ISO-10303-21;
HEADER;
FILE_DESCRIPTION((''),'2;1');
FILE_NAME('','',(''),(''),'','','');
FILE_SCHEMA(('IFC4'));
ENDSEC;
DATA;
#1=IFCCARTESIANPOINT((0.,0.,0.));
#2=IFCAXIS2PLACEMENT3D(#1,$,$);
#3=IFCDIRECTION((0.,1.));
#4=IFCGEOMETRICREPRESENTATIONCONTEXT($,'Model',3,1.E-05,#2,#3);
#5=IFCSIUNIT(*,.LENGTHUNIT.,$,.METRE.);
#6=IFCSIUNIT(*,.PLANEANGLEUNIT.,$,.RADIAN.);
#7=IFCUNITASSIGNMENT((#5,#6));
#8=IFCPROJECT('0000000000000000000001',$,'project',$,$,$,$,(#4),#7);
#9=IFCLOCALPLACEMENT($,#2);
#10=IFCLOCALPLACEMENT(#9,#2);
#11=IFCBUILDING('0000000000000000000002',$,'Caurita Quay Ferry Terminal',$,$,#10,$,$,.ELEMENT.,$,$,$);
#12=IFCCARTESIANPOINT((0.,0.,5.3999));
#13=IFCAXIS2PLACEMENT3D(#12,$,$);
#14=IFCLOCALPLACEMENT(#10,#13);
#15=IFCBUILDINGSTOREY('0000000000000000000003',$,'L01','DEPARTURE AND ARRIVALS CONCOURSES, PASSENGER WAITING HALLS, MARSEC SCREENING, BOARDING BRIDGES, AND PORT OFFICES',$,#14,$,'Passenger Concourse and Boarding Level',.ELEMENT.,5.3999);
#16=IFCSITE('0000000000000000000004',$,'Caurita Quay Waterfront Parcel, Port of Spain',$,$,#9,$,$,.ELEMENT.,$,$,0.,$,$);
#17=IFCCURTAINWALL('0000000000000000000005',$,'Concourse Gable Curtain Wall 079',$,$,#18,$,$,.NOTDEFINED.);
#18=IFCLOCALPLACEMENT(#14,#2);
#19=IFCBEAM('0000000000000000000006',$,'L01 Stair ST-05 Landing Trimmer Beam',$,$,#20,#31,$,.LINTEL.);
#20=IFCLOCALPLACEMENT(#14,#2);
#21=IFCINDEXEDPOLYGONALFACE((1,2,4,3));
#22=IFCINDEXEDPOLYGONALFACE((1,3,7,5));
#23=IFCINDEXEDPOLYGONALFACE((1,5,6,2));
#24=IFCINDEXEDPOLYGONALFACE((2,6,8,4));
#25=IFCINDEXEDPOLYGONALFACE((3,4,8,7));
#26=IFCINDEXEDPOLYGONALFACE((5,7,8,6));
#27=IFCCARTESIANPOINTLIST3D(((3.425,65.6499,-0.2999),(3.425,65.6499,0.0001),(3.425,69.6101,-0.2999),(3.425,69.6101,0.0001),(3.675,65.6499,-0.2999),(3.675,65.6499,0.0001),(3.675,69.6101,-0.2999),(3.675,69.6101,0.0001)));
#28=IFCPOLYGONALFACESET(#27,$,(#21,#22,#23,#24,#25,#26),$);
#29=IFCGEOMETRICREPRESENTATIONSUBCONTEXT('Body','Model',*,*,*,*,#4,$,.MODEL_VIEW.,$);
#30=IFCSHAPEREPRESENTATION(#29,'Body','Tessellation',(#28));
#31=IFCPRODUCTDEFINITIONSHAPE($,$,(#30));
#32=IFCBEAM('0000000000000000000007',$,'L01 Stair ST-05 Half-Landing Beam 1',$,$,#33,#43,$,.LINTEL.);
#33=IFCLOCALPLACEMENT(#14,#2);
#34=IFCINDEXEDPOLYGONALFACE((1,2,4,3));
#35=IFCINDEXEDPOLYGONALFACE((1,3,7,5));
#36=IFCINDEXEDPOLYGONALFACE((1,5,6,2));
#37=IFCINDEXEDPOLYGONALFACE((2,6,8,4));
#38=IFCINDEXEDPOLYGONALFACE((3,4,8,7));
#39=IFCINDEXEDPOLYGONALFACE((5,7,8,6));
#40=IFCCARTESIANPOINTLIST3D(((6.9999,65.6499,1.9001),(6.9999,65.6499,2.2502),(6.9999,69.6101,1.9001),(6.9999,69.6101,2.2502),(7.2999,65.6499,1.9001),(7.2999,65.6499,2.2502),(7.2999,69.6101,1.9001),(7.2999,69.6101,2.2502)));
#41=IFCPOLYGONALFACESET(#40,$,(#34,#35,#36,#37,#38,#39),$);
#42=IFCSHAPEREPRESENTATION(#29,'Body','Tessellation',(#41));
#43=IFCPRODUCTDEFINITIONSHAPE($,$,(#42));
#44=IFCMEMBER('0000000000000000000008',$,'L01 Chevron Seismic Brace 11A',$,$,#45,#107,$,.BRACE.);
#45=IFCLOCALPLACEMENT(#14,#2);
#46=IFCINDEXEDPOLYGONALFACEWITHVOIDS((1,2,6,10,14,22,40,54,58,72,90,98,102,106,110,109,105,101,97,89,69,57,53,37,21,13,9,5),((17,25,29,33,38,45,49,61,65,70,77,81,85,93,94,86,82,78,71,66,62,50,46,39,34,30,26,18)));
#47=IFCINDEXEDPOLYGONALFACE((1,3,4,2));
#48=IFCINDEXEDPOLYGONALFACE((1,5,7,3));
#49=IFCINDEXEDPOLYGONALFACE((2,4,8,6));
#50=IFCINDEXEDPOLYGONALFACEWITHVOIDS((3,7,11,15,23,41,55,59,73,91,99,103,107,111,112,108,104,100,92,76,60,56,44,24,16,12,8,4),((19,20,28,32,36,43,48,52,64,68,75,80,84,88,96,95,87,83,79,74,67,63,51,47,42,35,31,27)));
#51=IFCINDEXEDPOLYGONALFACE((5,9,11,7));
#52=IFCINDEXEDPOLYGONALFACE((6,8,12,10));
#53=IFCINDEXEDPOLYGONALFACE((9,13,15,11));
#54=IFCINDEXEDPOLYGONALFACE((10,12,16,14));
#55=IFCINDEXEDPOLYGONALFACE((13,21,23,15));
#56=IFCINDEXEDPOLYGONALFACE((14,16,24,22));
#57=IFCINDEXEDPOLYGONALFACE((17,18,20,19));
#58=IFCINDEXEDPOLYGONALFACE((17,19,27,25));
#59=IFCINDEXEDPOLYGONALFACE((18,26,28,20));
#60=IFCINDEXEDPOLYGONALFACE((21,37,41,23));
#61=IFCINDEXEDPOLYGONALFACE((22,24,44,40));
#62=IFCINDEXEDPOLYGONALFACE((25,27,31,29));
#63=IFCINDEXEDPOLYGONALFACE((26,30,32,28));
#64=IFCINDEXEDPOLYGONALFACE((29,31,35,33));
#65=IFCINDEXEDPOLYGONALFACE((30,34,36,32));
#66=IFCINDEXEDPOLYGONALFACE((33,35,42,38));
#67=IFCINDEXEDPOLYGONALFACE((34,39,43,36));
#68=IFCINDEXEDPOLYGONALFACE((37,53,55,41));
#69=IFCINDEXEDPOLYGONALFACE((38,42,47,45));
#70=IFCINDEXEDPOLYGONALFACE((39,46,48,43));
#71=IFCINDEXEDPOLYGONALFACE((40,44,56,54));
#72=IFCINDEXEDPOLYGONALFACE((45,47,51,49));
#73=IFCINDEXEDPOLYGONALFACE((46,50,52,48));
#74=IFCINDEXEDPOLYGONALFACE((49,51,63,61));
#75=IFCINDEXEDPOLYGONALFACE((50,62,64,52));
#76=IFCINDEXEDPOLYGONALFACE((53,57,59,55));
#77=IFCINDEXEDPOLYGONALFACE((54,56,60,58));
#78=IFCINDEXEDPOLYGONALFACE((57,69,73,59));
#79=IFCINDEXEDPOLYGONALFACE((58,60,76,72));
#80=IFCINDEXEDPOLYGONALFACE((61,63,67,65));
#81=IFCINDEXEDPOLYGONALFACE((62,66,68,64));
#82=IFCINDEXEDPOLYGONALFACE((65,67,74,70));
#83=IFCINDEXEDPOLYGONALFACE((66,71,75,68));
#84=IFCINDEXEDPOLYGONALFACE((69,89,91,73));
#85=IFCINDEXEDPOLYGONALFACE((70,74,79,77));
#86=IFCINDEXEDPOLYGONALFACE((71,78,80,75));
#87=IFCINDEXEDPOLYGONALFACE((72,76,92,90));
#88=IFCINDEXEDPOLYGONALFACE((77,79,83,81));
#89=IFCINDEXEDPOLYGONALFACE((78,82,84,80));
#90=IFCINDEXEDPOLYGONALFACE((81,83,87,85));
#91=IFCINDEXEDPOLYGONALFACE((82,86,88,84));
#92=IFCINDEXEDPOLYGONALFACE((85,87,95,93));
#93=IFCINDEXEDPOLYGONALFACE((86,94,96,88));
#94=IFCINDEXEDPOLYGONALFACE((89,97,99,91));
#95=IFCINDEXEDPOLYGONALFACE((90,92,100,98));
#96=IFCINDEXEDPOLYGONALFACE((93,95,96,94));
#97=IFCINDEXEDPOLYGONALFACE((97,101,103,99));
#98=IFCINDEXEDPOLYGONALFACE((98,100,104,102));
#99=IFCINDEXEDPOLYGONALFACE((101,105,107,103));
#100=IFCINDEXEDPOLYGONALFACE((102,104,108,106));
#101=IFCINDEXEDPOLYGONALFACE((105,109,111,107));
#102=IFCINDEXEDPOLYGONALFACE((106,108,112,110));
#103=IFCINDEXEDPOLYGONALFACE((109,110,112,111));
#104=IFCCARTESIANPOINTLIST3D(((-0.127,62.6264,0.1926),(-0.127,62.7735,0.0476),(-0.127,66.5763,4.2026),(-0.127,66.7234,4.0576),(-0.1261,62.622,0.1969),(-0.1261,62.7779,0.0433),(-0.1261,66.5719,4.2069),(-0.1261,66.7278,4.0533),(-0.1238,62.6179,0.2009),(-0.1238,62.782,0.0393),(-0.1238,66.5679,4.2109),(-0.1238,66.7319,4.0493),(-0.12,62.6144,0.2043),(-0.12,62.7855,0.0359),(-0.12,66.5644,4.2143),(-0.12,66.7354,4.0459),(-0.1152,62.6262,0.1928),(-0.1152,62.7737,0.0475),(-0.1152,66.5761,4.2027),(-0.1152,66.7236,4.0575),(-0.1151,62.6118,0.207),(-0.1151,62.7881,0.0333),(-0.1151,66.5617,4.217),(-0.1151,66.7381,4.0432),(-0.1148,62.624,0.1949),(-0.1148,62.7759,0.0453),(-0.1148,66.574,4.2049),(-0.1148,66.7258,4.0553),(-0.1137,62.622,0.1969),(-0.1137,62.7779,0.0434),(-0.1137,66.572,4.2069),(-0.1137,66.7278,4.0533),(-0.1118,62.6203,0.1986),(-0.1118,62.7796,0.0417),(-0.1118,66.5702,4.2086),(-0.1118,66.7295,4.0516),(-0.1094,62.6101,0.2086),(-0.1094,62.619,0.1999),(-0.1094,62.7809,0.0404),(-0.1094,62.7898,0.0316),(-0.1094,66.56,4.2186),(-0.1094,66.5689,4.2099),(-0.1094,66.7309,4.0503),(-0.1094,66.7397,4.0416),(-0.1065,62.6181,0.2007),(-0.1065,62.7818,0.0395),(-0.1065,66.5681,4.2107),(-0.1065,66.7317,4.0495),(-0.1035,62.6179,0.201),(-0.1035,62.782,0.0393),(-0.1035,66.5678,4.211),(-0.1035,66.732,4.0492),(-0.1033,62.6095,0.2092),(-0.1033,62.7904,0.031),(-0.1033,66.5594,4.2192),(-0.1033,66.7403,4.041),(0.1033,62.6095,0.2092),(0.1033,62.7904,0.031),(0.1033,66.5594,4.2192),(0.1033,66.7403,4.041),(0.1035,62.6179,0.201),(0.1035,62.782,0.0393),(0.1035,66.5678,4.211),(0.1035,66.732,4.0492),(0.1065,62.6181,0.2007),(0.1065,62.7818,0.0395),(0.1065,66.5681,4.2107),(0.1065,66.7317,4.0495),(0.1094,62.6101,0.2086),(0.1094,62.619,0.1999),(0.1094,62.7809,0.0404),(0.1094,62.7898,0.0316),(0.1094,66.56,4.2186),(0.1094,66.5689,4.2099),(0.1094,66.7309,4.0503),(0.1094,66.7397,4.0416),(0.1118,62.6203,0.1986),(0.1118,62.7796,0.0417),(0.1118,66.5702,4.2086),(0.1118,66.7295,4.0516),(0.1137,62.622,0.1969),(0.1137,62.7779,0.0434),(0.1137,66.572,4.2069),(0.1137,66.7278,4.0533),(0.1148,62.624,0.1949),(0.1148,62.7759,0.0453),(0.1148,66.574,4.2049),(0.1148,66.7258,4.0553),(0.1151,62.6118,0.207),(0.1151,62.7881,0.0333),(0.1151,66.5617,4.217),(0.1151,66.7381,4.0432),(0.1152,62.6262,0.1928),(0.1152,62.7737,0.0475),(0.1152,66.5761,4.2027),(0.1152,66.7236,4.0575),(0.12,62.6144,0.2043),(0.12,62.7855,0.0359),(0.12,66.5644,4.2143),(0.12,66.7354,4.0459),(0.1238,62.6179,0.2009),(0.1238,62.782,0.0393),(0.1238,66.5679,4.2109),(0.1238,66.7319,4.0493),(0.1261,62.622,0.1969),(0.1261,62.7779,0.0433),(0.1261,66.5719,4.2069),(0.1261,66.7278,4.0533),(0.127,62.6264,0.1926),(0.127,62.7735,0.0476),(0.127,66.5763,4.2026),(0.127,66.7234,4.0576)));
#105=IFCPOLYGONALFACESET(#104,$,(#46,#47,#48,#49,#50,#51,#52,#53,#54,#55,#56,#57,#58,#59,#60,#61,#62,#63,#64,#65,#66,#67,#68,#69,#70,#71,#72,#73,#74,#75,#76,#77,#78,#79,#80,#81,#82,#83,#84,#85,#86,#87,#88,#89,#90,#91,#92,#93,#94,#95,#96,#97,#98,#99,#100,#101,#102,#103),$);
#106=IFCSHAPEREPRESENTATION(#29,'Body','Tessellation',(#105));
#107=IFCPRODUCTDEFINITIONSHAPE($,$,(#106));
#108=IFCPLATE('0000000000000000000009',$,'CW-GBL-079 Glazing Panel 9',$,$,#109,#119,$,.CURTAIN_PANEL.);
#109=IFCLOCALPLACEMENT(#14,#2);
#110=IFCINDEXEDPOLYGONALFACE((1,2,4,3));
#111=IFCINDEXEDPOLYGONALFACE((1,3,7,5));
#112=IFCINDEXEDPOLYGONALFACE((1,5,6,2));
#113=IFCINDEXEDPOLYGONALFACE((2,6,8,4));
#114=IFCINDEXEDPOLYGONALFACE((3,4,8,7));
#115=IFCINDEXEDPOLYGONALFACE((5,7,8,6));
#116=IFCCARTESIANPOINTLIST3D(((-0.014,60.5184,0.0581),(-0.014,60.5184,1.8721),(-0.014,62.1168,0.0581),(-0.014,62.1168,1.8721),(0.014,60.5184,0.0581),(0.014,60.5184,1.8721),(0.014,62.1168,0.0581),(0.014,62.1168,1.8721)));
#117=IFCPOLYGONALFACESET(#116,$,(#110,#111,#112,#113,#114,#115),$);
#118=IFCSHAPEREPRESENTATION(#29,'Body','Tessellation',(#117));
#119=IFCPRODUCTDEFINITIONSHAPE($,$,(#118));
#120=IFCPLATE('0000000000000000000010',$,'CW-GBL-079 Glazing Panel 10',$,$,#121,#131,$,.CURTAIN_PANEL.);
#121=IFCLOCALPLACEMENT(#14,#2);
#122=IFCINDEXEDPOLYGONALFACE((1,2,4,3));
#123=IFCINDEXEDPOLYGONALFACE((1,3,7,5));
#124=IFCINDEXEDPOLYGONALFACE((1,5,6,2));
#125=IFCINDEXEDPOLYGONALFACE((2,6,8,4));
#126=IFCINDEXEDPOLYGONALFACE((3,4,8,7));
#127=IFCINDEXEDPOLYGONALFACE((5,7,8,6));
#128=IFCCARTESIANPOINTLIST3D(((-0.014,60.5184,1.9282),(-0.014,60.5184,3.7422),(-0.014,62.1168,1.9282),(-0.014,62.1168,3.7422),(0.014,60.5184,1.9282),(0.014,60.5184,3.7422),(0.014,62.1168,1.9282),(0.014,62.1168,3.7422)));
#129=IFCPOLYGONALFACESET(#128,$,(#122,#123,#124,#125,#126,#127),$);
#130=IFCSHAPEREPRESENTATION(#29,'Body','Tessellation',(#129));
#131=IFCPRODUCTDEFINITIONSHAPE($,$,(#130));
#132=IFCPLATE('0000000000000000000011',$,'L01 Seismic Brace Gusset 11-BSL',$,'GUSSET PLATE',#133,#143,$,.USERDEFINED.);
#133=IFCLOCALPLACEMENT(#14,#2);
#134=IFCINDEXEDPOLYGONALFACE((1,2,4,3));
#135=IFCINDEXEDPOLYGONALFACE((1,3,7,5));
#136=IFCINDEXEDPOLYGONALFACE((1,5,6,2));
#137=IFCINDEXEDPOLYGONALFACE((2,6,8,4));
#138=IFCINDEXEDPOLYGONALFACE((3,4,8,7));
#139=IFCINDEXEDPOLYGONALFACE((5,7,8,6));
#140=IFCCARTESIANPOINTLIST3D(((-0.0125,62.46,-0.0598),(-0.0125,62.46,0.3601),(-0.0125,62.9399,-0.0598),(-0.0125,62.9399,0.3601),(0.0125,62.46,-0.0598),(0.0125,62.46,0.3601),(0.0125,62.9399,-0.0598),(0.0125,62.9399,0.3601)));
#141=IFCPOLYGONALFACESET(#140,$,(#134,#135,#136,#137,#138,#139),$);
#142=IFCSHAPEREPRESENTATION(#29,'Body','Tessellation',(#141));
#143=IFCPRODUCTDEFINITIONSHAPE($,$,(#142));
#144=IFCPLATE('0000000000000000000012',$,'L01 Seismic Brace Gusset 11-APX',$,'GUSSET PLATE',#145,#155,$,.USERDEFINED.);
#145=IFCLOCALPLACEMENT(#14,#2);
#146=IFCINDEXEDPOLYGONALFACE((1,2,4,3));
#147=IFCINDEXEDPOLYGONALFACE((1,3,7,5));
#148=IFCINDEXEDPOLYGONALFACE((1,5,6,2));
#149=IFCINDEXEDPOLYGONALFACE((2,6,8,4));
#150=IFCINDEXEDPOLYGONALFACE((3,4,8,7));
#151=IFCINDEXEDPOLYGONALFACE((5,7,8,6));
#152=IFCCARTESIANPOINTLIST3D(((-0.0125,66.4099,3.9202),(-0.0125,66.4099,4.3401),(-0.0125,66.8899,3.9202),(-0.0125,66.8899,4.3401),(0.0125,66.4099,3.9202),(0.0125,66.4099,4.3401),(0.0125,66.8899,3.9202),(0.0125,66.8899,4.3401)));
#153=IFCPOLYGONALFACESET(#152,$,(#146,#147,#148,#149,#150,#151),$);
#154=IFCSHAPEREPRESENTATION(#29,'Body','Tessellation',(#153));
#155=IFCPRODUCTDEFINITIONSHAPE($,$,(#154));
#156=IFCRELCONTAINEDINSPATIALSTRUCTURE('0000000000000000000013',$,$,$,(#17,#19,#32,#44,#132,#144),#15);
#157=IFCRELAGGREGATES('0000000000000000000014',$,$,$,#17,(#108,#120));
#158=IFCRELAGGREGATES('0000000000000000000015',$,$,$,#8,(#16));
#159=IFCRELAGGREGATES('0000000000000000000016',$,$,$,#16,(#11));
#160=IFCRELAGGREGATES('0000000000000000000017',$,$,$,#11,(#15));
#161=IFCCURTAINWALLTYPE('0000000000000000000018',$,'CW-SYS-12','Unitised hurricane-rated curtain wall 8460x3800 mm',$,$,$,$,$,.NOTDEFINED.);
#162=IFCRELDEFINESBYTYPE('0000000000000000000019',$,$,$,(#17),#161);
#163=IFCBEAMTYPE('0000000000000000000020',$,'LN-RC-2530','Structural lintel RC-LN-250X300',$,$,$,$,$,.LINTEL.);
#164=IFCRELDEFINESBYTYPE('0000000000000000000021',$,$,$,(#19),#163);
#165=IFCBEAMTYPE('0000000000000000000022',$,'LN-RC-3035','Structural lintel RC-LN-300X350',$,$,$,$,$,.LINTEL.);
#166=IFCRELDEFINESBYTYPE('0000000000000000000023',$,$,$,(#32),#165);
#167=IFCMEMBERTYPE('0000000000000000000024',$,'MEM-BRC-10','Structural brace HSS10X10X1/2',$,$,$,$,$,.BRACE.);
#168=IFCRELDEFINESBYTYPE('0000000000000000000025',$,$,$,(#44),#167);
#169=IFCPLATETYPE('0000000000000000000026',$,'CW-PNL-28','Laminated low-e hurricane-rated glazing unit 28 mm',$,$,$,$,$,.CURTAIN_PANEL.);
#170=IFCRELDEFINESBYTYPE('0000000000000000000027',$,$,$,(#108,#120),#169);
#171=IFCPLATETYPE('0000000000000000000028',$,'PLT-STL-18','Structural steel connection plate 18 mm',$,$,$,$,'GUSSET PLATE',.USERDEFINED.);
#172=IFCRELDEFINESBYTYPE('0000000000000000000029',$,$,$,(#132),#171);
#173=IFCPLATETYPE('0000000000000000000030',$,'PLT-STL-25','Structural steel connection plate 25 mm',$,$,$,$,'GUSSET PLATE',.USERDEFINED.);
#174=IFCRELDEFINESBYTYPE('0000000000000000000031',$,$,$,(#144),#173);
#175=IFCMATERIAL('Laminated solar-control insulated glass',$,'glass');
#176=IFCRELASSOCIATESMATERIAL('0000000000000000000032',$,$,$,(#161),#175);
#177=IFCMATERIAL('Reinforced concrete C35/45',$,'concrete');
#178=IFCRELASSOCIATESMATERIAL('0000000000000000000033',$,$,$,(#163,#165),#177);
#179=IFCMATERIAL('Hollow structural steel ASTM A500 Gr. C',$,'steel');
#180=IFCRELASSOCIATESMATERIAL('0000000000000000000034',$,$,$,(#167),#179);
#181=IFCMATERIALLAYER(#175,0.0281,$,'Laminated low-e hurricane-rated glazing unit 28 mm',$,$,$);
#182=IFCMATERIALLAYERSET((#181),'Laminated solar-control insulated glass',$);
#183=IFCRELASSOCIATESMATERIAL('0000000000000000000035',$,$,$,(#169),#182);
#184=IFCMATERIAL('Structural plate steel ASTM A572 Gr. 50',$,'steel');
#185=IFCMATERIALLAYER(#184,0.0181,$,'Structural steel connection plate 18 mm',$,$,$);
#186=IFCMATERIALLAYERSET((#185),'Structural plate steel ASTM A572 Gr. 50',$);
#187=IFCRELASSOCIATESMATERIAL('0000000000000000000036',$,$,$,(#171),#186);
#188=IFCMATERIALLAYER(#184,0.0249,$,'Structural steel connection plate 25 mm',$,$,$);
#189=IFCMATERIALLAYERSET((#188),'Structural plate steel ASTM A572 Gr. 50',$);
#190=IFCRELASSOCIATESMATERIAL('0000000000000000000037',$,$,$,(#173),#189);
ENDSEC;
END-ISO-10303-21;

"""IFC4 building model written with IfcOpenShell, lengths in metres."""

from ifc_helpers import new_model, si_unit, direction, frame, origin, origin_2d, place, context, subcontext, project, spatial, rectangle, hollow_rectangle, extrude, material, layer, layer_set, material_profile, profile_set, type_object, element, aggregate, save


model = new_model("IFC4")

# Units and contexts
model_context = context("Model", 3, precision=1e-05, world=origin(), true_north=direction((0.0, 1.0)))
body_context = subcontext(model_context, "Body", "Model", "MODEL_VIEW")
ifc_project = project(units=[si_unit("LENGTHUNIT", "METRE"), si_unit("PLANEANGLEUNIT", "RADIAN")], contexts=[model_context])

# Site, building, storey
site_placement = place(None, origin())
site = spatial("IfcSite", under=ifc_project, at=site_placement, Name="Caurita Quay Waterfront Parcel, Port of Spain", CompositionType="ELEMENT", RefElevation=0.0)
building_placement = place(site_placement, origin())
building = spatial("IfcBuilding", under=site, at=building_placement, Name="Caurita Quay Ferry Terminal", CompositionType="ELEMENT")
storey_placement = place(building_placement, frame((0.0, 0.0, 5.3999)))
storey = spatial("IfcBuildingStorey", under=building, at=storey_placement, Name="L01", Description="DEPARTURE AND ARRIVALS CONCOURSES, PASSENGER WAITING HALLS, MARSEC SCREENING, BOARDING BRIDGES, AND PORT OFFICES", LongName="Passenger Concourse and Boarding Level", CompositionType="ELEMENT", Elevation=5.3999)

# Shared definitions
ifc_material_1 = material(Name="Hollow structural steel ASTM A500 Gr. C", Category="steel")

# Curtain wall
ifc_material_2 = material(Name="Laminated solar-control insulated glass", Category="glass")
curtain_wall_type = type_object("IfcCurtainWallType", Name="CW-SYS-12", Description="Unitised hurricane-rated curtain wall 8460x3800 mm", PredefinedType="NOTDEFINED", material=ifc_material_2)
curtain_wall_placement = place(storey_placement, origin())
curtain_wall = element("IfcCurtainWall", 1, at=curtain_wall_placement, inside=storey, type_object=curtain_wall_type, Name="Concourse Gable Curtain Wall 079", PredefinedType="NOTDEFINED")

# Beams
ifc_material_3 = material(Name="Reinforced concrete C35/45", Category="concrete")
ifc_material_profile_1 = material_profile(ifc_material_3, rectangle(XDim=0.25, YDim=0.3, at=origin_2d()), Name="RC-LN-250X300")
ifc_profile_set_1 = profile_set([ifc_material_profile_1], Name="Reinforced concrete C35/45")
beam_type_1 = type_object("IfcBeamType", Name="LN-RC-2530", Description="Structural lintel RC-LN-250X300", PredefinedType="LINTEL", material=ifc_profile_set_1)
beam_1_placement = place(storey_placement, frame((3.55, 65.6499, -0.1499), z_axis=(0.0, 1.0, 0.0), x_axis=(-1.0, 0.0, 0.0)))
element("IfcBeam", 2, at=beam_1_placement, inside=storey, type_object=beam_type_1, Name="L01 Stair ST-05 Landing Trimmer Beam", PredefinedType="LINTEL", context=body_context, shape_type="SweptSolid", body=[
    extrude(rectangle(XDim=0.25, YDim=0.3, at=origin_2d()), origin(), (0.0, 0.0, 1.0), 3.9602),
])
ifc_material_profile_2 = material_profile(ifc_material_3, rectangle(XDim=0.3, YDim=0.3501, at=origin_2d()), Name="RC-LN-300X350")
ifc_profile_set_2 = profile_set([ifc_material_profile_2], Name="Reinforced concrete C35/45")
beam_type_2 = type_object("IfcBeamType", Name="LN-RC-3035", Description="Structural lintel RC-LN-300X350", PredefinedType="LINTEL", material=ifc_profile_set_2)
beam_2_placement = place(storey_placement, frame((7.1499, 65.6499, 2.0752), z_axis=(0.0, 1.0, 0.0), x_axis=(-1.0, 0.0, 0.0)))
element("IfcBeam", 3, at=beam_2_placement, inside=storey, type_object=beam_type_2, Name="L01 Stair ST-05 Half-Landing Beam 1", PredefinedType="LINTEL", context=body_context, shape_type="SweptSolid", body=[
    extrude(rectangle(XDim=0.3, YDim=0.3501, at=origin_2d()), origin(), (0.0, 0.0, 1.0), 3.9602),
])

# Member
ifc_material_profile_3 = material_profile(ifc_material_1, hollow_rectangle(XDim=0.2539, YDim=0.2539, WallThickness=0.0117, InnerFilletRadius=0.0117, OuterFilletRadius=0.0237, at=origin_2d()), Name="HSS10X10X1/2")
ifc_profile_set_3 = profile_set([ifc_material_profile_3], Name="Hollow structural steel ASTM A500 Gr. C")
member_type_1 = type_object("IfcMemberType", Name="MEM-BRC-10", Description="Structural brace HSS10X10X1/2", PredefinedType="BRACE", material=ifc_profile_set_3)
member_1_placement = place(storey_placement, frame((0.0, 62.7, 0.1201), z_axis=(0.0, 0.701752, 0.712422), x_axis=(-1.0, 0.0, 0.0)))
element("IfcMember", 4, at=member_1_placement, inside=storey, type_object=member_type_1, Name="L01 Chevron Seismic Brace 11A", PredefinedType="BRACE", context=body_context, shape_type="SweptSolid", body=[
    extrude(hollow_rectangle(XDim=0.2539, YDim=0.2539, WallThickness=0.0117, InnerFilletRadius=0.0117, OuterFilletRadius=0.0237, at=origin_2d()), origin(), (0.0, 0.0, 1.0), 5.6287),
])

# Plates
ifc_layer_1 = layer(ifc_material_2, 0.0281, Name="Laminated low-e hurricane-rated glazing unit 28 mm")
ifc_layer_set_1 = layer_set([ifc_layer_1], Name="Laminated solar-control insulated glass")
plate_type_1 = type_object("IfcPlateType", Name="CW-PNL-28", Description="Laminated low-e hurricane-rated glazing unit 28 mm", PredefinedType="CURTAIN_PANEL", material=ifc_layer_set_1)
plate_1_placement = place(storey_placement, frame((0.0, 61.3176, 0.0581), z_axis=(0.0, 0.0, 1.0), x_axis=(0.0, 1.0, 0.0)))
plate_1 = element("IfcPlate", 5, at=plate_1_placement, type_object=plate_type_1, Name="CW-GBL-079 Glazing Panel 9", PredefinedType="CURTAIN_PANEL", context=body_context, shape_type="SweptSolid", body=[
    extrude(rectangle(XDim=1.5984, YDim=0.0281, at=origin_2d()), origin(), (0.0, 0.0, 1.0), 1.814),
])
plate_2_placement = place(storey_placement, frame((0.0, 61.3176, 1.9282), z_axis=(0.0, 0.0, 1.0), x_axis=(0.0, 1.0, 0.0)))
plate_2 = element("IfcPlate", 6, at=plate_2_placement, type_object=plate_type_1, Name="CW-GBL-079 Glazing Panel 10", PredefinedType="CURTAIN_PANEL", context=body_context, shape_type="SweptSolid", body=[
    extrude(rectangle(XDim=1.5984, YDim=0.0281, at=origin_2d()), origin(), (0.0, 0.0, 1.0), 1.814),
])
aggregate(curtain_wall, [plate_1, plate_2])

# Plates
ifc_material_4 = material(Name="Structural plate steel ASTM A572 Gr. 50", Category="steel")
ifc_layer_2 = layer(ifc_material_4, 0.0181, Name="Structural steel connection plate 18 mm")
ifc_layer_set_2 = layer_set([ifc_layer_2], Name="Structural plate steel ASTM A572 Gr. 50")
plate_type_2 = type_object("IfcPlateType", Name="PLT-STL-18", Description="Structural steel connection plate 18 mm", ElementType="GUSSET PLATE", PredefinedType="USERDEFINED", material=ifc_layer_set_2)
plate_3_placement = place(storey_placement, frame((0.0, 62.7, -0.0598), z_axis=(0.0, 0.0, 1.0), x_axis=(0.0, 1.0, 0.0)))
element("IfcPlate", 7, at=plate_3_placement, inside=storey, type_object=plate_type_2, Name="L01 Seismic Brace Gusset 11-BSL", ObjectType="GUSSET PLATE", PredefinedType="USERDEFINED", context=body_context, shape_type="SweptSolid", body=[
    extrude(rectangle(XDim=0.48, YDim=0.0249, at=origin_2d()), origin(), (0.0, 0.0, 1.0), 0.4199),
])
ifc_layer_3 = layer(ifc_material_4, 0.0249, Name="Structural steel connection plate 25 mm")
ifc_layer_set_3 = layer_set([ifc_layer_3], Name="Structural plate steel ASTM A572 Gr. 50")
plate_type_3 = type_object("IfcPlateType", Name="PLT-STL-25", Description="Structural steel connection plate 25 mm", ElementType="GUSSET PLATE", PredefinedType="USERDEFINED", material=ifc_layer_set_3)
plate_4_placement = place(storey_placement, frame((0.0, 66.6499, 3.9202), z_axis=(0.0, 0.0, 1.0), x_axis=(0.0, 1.0, 0.0)))
element("IfcPlate", 8, at=plate_4_placement, inside=storey, type_object=plate_type_3, Name="L01 Seismic Brace Gusset 11-APX", ObjectType="GUSSET PLATE", PredefinedType="USERDEFINED", context=body_context, shape_type="SweptSolid", body=[
    extrude(rectangle(XDim=0.48, YDim=0.0249, at=origin_2d()), origin(), (0.0, 0.0, 1.0), 0.4199),
])

save(model, "model.ifc")
